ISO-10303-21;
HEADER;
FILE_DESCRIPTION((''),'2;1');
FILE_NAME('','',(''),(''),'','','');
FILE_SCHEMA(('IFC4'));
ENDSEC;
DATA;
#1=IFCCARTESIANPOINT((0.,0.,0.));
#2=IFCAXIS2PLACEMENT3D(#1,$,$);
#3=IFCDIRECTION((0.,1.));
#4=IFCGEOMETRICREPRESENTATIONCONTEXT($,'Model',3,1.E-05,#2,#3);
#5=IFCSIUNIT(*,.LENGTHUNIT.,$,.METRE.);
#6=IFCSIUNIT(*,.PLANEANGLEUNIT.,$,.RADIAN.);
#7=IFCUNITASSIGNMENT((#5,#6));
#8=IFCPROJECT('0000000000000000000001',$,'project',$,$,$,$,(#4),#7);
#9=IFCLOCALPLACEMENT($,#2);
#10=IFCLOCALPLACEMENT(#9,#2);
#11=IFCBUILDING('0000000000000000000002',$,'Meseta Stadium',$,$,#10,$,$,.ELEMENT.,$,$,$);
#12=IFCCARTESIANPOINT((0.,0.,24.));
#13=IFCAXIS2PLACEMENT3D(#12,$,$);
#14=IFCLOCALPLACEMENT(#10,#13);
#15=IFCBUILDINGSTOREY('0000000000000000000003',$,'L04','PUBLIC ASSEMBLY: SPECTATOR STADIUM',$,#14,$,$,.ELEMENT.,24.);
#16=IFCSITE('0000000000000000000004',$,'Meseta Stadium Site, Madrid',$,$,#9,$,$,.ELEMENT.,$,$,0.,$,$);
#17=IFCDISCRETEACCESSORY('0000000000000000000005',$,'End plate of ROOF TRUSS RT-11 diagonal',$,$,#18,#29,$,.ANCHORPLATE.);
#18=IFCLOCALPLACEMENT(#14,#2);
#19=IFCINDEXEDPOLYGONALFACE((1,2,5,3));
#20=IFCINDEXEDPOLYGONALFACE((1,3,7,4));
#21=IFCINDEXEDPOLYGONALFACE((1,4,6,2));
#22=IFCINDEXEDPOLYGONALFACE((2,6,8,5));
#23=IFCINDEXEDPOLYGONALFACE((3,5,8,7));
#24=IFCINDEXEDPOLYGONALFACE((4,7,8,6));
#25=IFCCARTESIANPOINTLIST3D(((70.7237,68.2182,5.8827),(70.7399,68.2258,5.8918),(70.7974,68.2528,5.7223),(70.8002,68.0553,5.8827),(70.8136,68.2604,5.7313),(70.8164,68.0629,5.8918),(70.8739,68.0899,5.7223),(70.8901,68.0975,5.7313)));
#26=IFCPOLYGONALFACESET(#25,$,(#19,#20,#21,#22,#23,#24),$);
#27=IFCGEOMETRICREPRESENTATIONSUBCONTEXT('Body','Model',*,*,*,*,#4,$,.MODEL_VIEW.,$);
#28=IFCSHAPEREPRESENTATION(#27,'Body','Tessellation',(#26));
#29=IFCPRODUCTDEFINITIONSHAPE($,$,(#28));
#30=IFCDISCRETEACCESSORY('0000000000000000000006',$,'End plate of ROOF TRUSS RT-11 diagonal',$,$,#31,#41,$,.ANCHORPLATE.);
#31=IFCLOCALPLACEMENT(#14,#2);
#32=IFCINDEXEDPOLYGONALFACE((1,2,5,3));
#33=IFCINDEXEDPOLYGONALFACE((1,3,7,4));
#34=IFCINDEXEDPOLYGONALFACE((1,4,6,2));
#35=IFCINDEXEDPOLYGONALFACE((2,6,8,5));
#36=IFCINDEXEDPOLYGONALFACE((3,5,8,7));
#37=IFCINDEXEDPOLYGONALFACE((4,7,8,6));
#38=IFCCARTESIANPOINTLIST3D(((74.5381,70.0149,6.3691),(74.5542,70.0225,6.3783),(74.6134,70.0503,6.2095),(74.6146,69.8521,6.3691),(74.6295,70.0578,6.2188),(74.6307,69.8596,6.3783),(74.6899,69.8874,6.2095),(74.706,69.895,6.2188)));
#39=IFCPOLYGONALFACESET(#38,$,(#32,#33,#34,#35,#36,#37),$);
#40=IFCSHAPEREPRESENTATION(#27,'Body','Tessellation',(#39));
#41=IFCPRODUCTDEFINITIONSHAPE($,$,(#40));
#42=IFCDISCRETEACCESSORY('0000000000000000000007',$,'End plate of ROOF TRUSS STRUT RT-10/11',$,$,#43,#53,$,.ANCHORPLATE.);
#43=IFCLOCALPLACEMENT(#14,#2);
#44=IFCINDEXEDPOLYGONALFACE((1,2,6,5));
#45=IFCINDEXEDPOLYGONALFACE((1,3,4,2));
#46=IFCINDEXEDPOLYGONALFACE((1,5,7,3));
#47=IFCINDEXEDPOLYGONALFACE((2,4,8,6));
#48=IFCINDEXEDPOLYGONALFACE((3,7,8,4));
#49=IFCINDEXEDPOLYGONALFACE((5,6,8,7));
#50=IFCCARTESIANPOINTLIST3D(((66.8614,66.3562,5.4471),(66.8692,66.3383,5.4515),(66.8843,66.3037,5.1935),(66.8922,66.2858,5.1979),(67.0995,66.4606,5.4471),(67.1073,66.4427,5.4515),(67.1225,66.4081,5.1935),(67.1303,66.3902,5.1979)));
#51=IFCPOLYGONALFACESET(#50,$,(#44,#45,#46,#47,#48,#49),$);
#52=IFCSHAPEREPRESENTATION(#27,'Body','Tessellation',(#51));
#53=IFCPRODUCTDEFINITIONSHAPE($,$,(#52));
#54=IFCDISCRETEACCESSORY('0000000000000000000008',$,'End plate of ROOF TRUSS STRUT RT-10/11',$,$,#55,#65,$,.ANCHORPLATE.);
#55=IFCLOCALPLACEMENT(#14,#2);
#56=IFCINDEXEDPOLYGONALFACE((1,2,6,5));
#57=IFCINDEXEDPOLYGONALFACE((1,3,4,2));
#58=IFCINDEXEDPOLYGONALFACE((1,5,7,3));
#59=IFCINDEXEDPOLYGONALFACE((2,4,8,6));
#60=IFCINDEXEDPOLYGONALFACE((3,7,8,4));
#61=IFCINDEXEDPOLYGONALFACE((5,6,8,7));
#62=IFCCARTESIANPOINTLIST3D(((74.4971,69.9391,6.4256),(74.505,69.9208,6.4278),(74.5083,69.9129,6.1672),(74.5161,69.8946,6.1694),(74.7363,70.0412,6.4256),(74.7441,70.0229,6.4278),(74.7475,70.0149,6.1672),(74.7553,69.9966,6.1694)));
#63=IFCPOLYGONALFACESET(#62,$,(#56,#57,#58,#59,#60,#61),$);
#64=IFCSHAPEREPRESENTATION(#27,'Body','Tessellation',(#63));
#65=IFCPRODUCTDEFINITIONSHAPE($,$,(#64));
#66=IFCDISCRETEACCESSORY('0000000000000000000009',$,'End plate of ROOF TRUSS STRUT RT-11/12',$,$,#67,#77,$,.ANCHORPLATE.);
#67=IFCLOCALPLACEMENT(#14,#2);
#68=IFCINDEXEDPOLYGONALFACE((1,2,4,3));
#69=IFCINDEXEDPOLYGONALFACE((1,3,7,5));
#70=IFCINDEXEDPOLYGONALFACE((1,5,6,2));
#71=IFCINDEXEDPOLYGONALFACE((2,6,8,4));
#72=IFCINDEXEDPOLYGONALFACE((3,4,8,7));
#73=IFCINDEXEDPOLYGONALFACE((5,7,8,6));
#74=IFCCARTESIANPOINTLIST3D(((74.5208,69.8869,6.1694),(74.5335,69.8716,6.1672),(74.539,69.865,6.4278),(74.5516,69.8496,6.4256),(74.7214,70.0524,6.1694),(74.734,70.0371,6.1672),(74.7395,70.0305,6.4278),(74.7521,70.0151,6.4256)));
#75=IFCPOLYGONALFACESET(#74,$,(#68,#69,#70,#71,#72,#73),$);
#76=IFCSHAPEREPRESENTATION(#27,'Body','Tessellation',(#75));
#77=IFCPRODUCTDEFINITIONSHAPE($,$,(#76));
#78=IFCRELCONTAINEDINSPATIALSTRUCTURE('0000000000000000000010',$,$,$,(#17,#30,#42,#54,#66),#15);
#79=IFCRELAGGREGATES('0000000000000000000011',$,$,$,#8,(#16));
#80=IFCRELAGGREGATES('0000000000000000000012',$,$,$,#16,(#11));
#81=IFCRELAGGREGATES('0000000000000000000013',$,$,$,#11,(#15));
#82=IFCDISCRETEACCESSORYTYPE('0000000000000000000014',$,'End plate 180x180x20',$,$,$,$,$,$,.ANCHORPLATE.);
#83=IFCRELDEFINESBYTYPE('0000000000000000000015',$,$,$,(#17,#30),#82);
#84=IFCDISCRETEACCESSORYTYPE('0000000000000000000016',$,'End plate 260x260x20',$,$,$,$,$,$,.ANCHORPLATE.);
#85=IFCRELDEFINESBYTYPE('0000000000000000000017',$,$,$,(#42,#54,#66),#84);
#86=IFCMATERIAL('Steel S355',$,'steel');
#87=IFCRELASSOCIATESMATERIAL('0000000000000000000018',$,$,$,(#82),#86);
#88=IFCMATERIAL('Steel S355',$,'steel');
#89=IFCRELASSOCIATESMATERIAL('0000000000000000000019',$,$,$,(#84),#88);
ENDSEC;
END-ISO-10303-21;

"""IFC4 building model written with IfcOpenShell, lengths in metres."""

from ifc_helpers import new_model, si_unit, direction, frame, origin, origin_2d, place, context, subcontext, project, spatial, rectangle, extrude, material, material_profile, profile_set, type_object, element, save


model = new_model("IFC4")

# Units and contexts
model_context = context("Model", 3, precision=1e-05, world=origin(), true_north=direction((0.0, 1.0)))
body_context = subcontext(model_context, "Body", "Model", "MODEL_VIEW")
ifc_project = project(units=[si_unit("LENGTHUNIT", "METRE"), si_unit("PLANEANGLEUNIT", "RADIAN")], contexts=[model_context])

# Site, building, storey
site_placement = place(None, origin())
site = spatial("IfcSite", under=ifc_project, at=site_placement, Name="Meseta Stadium Site, Madrid", CompositionType="ELEMENT", RefElevation=0.0)
building_placement = place(site_placement, origin())
building = spatial("IfcBuilding", under=site, at=building_placement, Name="Meseta Stadium", CompositionType="ELEMENT")
storey_placement = place(building_placement, frame((0.0, 0.0, 24.0)))
storey = spatial("IfcBuildingStorey", under=building, at=storey_placement, Name="L04", Description="PUBLIC ASSEMBLY: SPECTATOR STADIUM", CompositionType="ELEMENT", Elevation=24.0)

# Discrete accessories
ifc_material_1 = material(Name="Steel S355", Category="steel")
ifc_material_profile_1 = material_profile(ifc_material_1, rectangle(XDim=0.1799, YDim=0.1799, at=origin_2d()), Name="PL 180x180")
ifc_profile_set_1 = profile_set([ifc_material_profile_1], Name="Steel S355")
discrete_accessory_type_1 = type_object("IfcDiscreteAccessoryType", Name="End plate 180x180x20", PredefinedType="ANCHORPLATE", material=ifc_profile_set_1)
for number, where, z_axis, x_axis, name in (
    (1, (70.7988, 68.1541, 5.8025), (0.807162, 0.379122, 0.4525), (-0.425136, 0.905129, 0.0), "End plate of ROOF TRUSS RT-11 diagonal"),
    (2, (74.614, 69.9512, 6.2893), (0.802673, 0.377013, 0.462145), (-0.425136, 0.905129, 0.0), "End plate of ROOF TRUSS RT-11 diagonal"),
):
    element("IfcDiscreteAccessory", number, at=place(storey_placement, frame(where, z_axis=z_axis, x_axis=x_axis)), inside=storey, type_object=discrete_accessory_type_1, Name=name, PredefinedType="ANCHORPLATE", context=body_context, shape_type="SweptSolid", body=[
        extrude(rectangle(XDim=0.1799, YDim=0.1799, at=origin_2d()), origin(), (0.0, 0.0, 1.0), 0.02),
    ])
ifc_material_2 = material(Name="Steel S355", Category="steel")
ifc_material_profile_2 = material_profile(ifc_material_2, rectangle(XDim=0.26, YDim=0.26, at=origin_2d()), Name="PL 260x260")
ifc_profile_set_2 = profile_set([ifc_material_profile_2], Name="Steel S355")
discrete_accessory_type_2 = type_object("IfcDiscreteAccessoryType", Name="End plate 260x260x20", PredefinedType="ANCHORPLATE", material=ifc_profile_set_2)
for number, where, z_axis, x_axis, name in (
    (3, (66.9998, 66.3643, 5.3247), (-0.391615, 0.893372, -0.220283), (-0.915869, -0.401477, 0.0), "End plate of ROOF TRUSS STRUT RT-10/11"),
    (4, (74.6301, 69.9587, 6.2986), (-0.39007, 0.914226, -0.109707), (-0.919778, -0.392439, 0.0), "End plate of ROOF TRUSS STRUT RT-10/11"),
    (5, (74.6428, 69.9434, 6.2964), (-0.632736, 0.766584, 0.109512), (-0.771223, -0.636565, 0.0), "End plate of ROOF TRUSS STRUT RT-11/12"),
):
    element("IfcDiscreteAccessory", number, at=place(storey_placement, frame(where, z_axis=z_axis, x_axis=x_axis)), inside=storey, type_object=discrete_accessory_type_2, Name=name, PredefinedType="ANCHORPLATE", context=body_context, shape_type="SweptSolid", body=[
        extrude(rectangle(XDim=0.26, YDim=0.26, at=origin_2d()), origin(), (0.0, 0.0, 1.0), 0.02),
    ])

save(model, "model.ifc")
